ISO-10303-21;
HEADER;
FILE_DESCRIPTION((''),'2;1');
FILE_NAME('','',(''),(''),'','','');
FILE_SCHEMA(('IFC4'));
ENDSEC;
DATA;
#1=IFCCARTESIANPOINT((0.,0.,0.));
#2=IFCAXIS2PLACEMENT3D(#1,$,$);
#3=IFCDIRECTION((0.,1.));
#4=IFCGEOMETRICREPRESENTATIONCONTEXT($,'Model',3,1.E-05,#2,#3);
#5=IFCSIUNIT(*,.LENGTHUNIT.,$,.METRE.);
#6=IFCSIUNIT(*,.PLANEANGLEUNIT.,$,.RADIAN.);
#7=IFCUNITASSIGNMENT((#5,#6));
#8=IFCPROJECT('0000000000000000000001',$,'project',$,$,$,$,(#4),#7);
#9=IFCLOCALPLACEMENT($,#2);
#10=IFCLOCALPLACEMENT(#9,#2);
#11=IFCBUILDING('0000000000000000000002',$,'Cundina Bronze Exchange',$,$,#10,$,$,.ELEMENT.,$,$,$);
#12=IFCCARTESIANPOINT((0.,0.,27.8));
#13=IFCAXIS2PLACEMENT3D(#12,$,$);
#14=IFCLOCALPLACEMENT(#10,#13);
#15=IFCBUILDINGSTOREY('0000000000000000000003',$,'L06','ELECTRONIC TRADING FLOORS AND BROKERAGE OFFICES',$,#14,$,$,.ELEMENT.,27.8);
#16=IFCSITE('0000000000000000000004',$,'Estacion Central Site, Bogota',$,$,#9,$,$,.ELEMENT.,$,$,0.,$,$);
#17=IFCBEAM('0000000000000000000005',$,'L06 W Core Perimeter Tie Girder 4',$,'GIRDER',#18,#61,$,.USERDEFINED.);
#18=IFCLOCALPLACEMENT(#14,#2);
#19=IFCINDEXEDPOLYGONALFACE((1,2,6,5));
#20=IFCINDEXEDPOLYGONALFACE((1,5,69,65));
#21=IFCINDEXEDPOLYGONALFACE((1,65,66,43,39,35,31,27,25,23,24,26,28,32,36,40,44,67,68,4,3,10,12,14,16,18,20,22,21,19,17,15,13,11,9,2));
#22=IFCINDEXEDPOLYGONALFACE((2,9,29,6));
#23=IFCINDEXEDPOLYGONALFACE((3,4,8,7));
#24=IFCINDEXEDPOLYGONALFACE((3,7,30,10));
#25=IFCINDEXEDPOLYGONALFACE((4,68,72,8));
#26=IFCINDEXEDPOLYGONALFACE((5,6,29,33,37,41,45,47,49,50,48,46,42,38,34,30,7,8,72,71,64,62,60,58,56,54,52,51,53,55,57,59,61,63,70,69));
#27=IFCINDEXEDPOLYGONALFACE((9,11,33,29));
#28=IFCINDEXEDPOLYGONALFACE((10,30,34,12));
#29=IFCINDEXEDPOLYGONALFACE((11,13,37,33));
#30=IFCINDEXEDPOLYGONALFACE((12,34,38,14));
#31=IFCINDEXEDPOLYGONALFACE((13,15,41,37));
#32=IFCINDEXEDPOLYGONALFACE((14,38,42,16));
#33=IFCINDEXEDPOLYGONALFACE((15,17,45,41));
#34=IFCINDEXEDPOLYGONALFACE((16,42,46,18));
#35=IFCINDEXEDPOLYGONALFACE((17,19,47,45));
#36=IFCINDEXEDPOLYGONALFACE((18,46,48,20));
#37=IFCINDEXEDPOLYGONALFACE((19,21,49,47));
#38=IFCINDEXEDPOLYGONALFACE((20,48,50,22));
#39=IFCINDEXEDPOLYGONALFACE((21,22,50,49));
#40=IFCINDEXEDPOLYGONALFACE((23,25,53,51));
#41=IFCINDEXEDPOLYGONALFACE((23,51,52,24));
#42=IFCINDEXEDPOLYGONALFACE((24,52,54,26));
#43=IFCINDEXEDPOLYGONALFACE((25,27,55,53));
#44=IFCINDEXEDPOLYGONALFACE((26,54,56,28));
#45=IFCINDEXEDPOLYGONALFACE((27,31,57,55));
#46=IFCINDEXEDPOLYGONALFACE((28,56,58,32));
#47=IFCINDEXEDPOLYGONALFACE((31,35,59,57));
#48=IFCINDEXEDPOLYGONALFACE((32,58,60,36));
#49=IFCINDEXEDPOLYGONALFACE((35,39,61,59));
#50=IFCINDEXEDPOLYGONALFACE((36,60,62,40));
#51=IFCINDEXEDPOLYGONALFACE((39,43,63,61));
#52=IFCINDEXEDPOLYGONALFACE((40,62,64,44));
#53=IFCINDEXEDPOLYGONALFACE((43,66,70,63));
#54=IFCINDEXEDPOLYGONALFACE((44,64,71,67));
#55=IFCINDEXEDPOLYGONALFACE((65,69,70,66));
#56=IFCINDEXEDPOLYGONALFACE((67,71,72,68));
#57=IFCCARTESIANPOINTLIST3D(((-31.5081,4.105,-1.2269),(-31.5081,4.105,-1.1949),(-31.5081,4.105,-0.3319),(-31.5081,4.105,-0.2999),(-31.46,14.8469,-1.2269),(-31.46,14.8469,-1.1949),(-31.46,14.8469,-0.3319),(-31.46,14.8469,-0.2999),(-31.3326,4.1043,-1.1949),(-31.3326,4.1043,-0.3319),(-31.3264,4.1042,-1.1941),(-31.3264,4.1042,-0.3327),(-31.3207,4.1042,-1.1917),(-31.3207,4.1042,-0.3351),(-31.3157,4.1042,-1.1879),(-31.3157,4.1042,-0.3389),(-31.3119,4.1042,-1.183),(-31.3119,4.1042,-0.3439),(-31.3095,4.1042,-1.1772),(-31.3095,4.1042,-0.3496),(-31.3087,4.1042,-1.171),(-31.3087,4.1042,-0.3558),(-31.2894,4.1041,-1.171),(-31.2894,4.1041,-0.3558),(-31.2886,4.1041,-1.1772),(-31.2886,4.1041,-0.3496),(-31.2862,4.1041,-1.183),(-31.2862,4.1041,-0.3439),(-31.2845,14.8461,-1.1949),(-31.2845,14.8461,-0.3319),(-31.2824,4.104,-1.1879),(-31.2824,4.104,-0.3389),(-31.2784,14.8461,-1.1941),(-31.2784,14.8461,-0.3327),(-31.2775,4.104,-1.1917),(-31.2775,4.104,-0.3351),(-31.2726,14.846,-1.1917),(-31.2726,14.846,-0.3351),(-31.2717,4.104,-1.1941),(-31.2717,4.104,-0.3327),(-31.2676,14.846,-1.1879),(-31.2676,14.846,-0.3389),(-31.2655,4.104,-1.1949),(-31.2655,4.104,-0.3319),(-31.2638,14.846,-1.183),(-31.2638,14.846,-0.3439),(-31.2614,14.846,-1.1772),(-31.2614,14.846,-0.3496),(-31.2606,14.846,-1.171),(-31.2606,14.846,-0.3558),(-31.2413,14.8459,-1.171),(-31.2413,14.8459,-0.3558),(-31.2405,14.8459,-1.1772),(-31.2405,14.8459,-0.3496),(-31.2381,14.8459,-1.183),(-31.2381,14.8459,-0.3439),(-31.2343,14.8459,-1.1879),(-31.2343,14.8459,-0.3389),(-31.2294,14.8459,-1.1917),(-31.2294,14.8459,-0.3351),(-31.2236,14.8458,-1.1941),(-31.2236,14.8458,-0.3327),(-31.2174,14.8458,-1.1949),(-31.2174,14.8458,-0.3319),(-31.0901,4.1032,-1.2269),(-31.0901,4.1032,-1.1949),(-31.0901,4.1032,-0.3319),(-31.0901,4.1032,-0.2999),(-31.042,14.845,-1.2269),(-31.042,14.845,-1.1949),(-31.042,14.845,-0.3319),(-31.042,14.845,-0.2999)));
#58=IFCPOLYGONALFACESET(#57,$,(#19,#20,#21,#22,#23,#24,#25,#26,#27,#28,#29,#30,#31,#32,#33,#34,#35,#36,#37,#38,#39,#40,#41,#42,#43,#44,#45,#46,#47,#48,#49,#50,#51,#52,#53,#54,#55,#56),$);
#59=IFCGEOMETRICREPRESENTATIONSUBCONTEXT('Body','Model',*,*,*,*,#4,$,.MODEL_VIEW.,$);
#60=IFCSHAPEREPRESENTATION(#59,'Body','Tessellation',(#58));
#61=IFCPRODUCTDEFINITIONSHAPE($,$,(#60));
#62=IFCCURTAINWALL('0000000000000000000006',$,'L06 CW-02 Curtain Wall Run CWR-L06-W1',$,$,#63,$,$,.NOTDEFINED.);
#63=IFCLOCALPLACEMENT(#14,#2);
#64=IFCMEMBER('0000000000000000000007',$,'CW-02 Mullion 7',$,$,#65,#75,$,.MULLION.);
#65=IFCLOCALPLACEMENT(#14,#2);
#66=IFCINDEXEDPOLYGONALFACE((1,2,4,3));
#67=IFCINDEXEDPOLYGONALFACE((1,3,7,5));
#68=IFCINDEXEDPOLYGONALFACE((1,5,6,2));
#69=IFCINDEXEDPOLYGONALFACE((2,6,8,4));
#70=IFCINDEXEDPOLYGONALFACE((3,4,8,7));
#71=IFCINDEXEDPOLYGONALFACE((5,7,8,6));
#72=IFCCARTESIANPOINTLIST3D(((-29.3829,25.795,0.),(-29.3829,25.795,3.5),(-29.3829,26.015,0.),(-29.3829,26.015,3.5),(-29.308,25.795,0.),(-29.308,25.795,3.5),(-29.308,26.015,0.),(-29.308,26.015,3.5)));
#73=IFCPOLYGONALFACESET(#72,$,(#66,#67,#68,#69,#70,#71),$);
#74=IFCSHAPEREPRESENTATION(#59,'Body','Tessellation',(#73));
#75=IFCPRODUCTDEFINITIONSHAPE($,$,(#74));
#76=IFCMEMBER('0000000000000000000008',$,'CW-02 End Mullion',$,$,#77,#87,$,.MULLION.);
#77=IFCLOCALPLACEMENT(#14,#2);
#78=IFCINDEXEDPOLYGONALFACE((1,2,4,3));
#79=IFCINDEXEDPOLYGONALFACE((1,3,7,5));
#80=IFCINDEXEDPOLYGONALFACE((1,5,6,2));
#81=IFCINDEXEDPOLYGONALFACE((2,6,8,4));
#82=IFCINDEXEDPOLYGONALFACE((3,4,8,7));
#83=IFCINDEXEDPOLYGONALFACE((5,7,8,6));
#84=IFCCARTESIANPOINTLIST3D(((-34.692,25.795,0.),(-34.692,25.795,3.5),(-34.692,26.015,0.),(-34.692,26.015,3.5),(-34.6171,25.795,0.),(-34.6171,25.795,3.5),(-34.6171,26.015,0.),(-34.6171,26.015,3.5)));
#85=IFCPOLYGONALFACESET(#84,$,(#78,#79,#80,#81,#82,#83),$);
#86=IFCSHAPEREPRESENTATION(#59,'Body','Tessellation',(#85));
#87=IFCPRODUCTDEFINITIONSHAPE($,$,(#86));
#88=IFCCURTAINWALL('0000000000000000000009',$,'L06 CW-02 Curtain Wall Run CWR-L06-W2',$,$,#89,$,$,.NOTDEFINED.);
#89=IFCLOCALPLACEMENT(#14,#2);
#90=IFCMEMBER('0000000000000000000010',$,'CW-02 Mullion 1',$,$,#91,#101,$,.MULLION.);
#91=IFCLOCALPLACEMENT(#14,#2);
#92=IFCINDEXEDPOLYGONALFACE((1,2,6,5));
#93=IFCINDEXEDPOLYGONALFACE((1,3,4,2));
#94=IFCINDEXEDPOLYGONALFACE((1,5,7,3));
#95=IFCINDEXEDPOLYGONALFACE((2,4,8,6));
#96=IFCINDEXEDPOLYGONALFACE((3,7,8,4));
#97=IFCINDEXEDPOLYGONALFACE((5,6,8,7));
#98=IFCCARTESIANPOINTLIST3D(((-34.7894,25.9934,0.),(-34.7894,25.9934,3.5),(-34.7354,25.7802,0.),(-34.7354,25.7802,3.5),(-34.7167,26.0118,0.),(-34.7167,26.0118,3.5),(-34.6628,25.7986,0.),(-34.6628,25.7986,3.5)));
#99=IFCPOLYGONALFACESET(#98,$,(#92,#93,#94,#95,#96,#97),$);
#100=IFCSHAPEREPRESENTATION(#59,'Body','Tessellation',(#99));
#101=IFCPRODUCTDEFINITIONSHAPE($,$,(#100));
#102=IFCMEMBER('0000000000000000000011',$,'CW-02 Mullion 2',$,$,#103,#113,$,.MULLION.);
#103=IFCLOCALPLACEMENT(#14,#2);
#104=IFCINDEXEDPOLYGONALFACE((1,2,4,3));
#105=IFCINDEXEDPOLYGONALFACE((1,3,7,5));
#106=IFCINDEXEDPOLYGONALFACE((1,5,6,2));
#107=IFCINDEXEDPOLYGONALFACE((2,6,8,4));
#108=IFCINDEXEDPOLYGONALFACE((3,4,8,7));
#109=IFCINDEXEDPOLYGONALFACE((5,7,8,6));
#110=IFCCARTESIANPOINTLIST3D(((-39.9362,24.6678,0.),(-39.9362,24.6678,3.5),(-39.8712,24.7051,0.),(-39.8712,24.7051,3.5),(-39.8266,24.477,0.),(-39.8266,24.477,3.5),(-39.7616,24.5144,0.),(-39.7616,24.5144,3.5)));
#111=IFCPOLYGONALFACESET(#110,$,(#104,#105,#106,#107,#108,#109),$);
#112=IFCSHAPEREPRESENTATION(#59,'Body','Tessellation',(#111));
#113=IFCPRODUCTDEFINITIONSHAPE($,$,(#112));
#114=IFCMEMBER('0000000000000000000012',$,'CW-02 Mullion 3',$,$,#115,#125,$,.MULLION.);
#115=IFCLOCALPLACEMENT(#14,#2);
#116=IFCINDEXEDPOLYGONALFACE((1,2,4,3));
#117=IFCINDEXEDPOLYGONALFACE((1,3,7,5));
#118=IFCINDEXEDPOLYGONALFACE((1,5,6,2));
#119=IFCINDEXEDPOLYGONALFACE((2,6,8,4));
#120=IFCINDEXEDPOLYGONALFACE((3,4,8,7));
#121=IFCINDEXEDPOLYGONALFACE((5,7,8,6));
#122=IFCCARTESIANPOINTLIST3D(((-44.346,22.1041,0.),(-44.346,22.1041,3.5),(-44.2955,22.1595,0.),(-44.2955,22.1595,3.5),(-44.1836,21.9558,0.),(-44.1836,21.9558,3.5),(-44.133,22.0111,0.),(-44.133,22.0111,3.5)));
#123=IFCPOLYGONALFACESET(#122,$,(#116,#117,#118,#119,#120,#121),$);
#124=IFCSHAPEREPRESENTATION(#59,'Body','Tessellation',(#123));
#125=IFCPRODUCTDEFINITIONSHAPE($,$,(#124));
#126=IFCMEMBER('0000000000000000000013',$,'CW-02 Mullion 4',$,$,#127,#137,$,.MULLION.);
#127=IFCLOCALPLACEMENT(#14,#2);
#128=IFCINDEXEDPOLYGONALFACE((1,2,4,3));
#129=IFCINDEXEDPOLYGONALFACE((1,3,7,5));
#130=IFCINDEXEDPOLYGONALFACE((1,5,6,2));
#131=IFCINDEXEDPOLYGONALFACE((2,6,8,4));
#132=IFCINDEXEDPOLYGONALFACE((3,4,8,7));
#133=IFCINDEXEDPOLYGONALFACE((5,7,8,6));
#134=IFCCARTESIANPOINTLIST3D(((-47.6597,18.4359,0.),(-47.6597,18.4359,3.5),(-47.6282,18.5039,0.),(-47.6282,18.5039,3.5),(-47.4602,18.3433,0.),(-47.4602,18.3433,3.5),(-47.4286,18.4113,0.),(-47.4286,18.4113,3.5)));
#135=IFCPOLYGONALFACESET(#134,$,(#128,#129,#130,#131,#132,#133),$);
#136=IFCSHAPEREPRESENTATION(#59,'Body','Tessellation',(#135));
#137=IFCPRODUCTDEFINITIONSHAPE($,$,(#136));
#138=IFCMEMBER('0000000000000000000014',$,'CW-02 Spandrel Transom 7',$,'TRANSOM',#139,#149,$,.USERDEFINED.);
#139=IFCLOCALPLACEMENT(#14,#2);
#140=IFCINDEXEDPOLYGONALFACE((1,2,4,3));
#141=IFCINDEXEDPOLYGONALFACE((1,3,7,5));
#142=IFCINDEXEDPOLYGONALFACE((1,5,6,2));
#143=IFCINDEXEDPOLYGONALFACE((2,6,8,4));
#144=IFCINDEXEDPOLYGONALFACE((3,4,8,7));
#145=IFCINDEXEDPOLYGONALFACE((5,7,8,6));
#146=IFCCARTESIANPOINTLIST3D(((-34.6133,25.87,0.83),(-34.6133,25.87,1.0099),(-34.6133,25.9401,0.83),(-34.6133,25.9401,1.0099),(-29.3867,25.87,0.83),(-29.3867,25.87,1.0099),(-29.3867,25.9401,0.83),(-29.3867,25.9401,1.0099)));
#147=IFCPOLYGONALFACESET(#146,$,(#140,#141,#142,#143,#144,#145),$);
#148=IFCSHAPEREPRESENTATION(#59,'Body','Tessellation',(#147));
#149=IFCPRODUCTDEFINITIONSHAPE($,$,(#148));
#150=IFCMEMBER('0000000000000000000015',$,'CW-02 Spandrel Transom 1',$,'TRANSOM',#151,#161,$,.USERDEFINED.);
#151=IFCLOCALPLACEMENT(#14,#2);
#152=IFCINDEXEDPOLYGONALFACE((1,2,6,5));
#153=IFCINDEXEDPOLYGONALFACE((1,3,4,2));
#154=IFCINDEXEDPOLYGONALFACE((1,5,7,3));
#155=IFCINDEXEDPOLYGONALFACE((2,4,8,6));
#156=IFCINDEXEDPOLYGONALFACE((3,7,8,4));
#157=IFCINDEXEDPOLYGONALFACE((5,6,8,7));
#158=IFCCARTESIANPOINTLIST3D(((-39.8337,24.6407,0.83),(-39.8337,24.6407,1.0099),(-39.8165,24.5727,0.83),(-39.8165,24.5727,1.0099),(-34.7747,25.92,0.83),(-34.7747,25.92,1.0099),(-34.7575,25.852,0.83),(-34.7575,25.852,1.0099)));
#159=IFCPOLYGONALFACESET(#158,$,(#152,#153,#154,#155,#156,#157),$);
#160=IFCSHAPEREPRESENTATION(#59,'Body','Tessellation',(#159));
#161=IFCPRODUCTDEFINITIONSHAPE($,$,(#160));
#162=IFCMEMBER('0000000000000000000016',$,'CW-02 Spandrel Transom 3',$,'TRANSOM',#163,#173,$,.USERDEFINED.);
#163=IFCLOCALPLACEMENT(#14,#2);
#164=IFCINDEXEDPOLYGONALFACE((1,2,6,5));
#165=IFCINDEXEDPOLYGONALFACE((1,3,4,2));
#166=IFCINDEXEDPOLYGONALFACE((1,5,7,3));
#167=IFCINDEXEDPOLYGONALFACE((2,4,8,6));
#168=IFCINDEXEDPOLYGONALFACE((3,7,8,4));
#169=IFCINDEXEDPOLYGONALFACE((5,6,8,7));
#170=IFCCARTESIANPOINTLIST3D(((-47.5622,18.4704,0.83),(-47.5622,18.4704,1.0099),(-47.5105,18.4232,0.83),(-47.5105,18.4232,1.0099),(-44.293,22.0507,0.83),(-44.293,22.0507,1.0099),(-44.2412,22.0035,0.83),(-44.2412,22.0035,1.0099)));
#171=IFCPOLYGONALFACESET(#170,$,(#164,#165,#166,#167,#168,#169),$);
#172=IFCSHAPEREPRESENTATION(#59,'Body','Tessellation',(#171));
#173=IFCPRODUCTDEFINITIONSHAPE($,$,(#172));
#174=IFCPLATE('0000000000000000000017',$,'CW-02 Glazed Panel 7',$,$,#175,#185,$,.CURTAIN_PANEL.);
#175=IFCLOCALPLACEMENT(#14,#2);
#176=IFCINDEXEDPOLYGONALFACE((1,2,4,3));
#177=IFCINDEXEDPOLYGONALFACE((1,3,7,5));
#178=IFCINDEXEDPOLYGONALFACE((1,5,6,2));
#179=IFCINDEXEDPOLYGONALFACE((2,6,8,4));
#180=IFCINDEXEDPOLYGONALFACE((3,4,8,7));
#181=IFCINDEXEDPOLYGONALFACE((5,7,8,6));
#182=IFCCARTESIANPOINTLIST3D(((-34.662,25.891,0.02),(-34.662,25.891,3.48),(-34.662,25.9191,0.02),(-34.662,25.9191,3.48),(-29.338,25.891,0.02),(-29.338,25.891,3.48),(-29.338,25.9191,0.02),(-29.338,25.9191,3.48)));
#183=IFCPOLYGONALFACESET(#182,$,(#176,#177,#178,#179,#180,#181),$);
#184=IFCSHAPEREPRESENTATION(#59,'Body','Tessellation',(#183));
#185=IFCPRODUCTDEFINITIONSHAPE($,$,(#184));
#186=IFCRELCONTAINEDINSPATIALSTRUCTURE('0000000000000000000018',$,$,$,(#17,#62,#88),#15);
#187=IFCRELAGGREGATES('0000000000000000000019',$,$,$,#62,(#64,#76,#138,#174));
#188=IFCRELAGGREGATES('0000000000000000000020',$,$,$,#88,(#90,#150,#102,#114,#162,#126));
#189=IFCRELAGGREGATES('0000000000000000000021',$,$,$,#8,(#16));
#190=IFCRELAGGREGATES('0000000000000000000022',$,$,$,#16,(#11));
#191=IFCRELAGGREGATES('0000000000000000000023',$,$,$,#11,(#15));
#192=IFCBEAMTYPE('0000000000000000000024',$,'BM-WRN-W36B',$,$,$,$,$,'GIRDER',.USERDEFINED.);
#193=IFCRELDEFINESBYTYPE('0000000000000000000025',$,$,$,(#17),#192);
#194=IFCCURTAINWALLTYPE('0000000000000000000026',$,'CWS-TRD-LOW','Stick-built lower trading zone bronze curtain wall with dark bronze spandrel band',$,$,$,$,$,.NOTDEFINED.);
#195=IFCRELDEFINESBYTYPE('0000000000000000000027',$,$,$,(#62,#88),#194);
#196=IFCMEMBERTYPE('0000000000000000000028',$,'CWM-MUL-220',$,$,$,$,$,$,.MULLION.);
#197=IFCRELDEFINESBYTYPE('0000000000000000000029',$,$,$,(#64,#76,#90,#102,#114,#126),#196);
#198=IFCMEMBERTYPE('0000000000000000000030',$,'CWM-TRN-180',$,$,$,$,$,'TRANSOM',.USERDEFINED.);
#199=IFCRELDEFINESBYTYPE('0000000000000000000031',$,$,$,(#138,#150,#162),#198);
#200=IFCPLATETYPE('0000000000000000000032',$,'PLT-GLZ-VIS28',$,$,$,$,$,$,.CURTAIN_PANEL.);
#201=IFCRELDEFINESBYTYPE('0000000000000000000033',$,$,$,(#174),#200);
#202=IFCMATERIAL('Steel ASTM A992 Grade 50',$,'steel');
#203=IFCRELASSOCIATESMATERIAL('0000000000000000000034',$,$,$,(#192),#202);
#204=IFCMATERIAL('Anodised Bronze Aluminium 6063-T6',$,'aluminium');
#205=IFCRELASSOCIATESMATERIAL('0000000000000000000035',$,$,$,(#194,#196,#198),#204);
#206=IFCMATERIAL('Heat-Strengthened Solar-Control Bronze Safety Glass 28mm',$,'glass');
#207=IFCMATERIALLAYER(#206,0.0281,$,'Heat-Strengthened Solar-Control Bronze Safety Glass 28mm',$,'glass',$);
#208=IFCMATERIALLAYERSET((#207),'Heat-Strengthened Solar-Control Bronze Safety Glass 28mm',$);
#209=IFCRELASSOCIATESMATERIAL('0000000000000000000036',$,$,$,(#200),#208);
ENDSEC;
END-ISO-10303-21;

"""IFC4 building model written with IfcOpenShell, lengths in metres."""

from ifc_helpers import new_model, si_unit, direction, frame, origin, origin_2d, place, context, subcontext, project, spatial, rectangle, i_section, extrude, material, layer, layer_set, material_profile, profile_set, type_object, element, aggregate, save


model = new_model("IFC4")

# Units and contexts
model_context = context("Model", 3, precision=1e-05, world=origin(), true_north=direction((0.0, 1.0)))
body_context = subcontext(model_context, "Body", "Model", "MODEL_VIEW")
ifc_project = project(units=[si_unit("LENGTHUNIT", "METRE"), si_unit("PLANEANGLEUNIT", "RADIAN")], contexts=[model_context])

# Site, building, storey
site_placement = place(None, origin())
site = spatial("IfcSite", under=ifc_project, at=site_placement, Name="Estacion Central Site, Bogota", CompositionType="ELEMENT", RefElevation=0.0)
building_placement = place(site_placement, origin())
building = spatial("IfcBuilding", under=site, at=building_placement, Name="Cundina Bronze Exchange", CompositionType="ELEMENT")
storey_placement = place(building_placement, frame((0.0, 0.0, 27.8)))
storey = spatial("IfcBuildingStorey", under=building, at=storey_placement, Name="L06", Description="ELECTRONIC TRADING FLOORS AND BROKERAGE OFFICES", CompositionType="ELEMENT", Elevation=27.8)

# Shared definitions
ifc_material_1 = material(Name="Steel ASTM A992 Grade 50", Category="steel")

# Beam
ifc_material_profile_1 = material_profile(ifc_material_1, i_section(OverallWidth=0.418, OverallDepth=0.927, WebThickness=0.0193, FlangeThickness=0.032, FilletRadius=0.0239, at=origin_2d()), Name="W36X231", Category="steel")
ifc_profile_set_1 = profile_set([ifc_material_profile_1], Name="Steel ASTM A992 Grade 50")
beam_type_1 = type_object("IfcBeamType", Name="BM-WRN-W36B", ElementType="GIRDER", PredefinedType="USERDEFINED", material=ifc_profile_set_1)
beam_1_placement = place(storey_placement, frame((-31.251, 14.8459, -0.7634), z_axis=(-0.004477, -0.99999, 0.0), x_axis=(0.99999, -0.004477, 0.0)))
element("IfcBeam", 1, at=beam_1_placement, inside=storey, type_object=beam_type_1, Name="L06 W Core Perimeter Tie Girder 4", ObjectType="GIRDER", PredefinedType="USERDEFINED", context=body_context, shape_type="SweptSolid", body=[
    extrude(i_section(OverallWidth=0.418, OverallDepth=0.927, WebThickness=0.0193, FlangeThickness=0.032, FilletRadius=0.0239, at=origin_2d()), origin(), (0.0, 0.0, 1.0), 10.7419),
])

# Curtain walls, members
ifc_material_2 = material(Name="Anodised Bronze Aluminium 6063-T6", Category="aluminium")
curtain_wall_type = type_object("IfcCurtainWallType", Name="CWS-TRD-LOW", Description="Stick-built lower trading zone bronze curtain wall with dark bronze spandrel band", PredefinedType="NOTDEFINED", material=ifc_material_2)
curtain_wall_1_placement = place(storey_placement, origin())
curtain_wall_1 = element("IfcCurtainWall", 2, at=curtain_wall_1_placement, inside=storey, type_object=curtain_wall_type, Name="L06 CW-02 Curtain Wall Run CWR-L06-W1", PredefinedType="NOTDEFINED")
ifc_material_profile_2 = material_profile(ifc_material_2, rectangle(XDim=0.075, YDim=0.22, at=origin_2d()), Name="AL75X220", Category="aluminium")
ifc_profile_set_2 = profile_set([ifc_material_profile_2], Name="Anodised Bronze Aluminium 6063-T6")
member_type_1 = type_object("IfcMemberType", Name="CWM-MUL-220", PredefinedType="MULLION", material=ifc_profile_set_2)
member_1_placement = place(storey_placement, frame((-29.3455, 25.905, 0.0), z_axis=(0.0, 0.0, 1.0), x_axis=(-1.0, 0.0, 0.0)))
member_1 = element("IfcMember", 3, at=member_1_placement, type_object=member_type_1, Name="CW-02 Mullion 7", PredefinedType="MULLION", context=body_context, shape_type="SweptSolid", body=[
    extrude(rectangle(XDim=0.075, YDim=0.22, at=origin_2d()), origin(), (0.0, 0.0, 1.0), 3.5),
])
member_2_placement = place(storey_placement, frame((-34.6545, 25.905, 0.0), z_axis=(0.0, 0.0, 1.0), x_axis=(-1.0, 0.0, 0.0)))
member_2 = element("IfcMember", 4, at=member_2_placement, type_object=member_type_1, Name="CW-02 End Mullion", PredefinedType="MULLION", context=body_context, shape_type="SweptSolid", body=[
    extrude(rectangle(XDim=0.075, YDim=0.22, at=origin_2d()), origin(), (0.0, 0.0, 1.0), 3.5),
])
curtain_wall_2_placement = place(storey_placement, origin())
curtain_wall_2 = element("IfcCurtainWall", 5, at=curtain_wall_2_placement, inside=storey, type_object=curtain_wall_type, Name="L06 CW-02 Curtain Wall Run CWR-L06-W2", PredefinedType="NOTDEFINED")
member_3_placement = place(storey_placement, frame((-34.7261, 25.896, 0.0), z_axis=(0.0, 0.0, 1.0), x_axis=(-0.969488, -0.245138, 0.0)))
member_3 = element("IfcMember", 6, at=member_3_placement, type_object=member_type_1, Name="CW-02 Mullion 1", PredefinedType="MULLION", context=body_context, shape_type="SweptSolid", body=[
    extrude(rectangle(XDim=0.075, YDim=0.22, at=origin_2d()), origin(), (0.0, 0.0, 1.0), 3.5),
])
member_4_placement = place(storey_placement, frame((-39.8489, 24.5911, 0.0), z_axis=(0.0, 0.0, 1.0), x_axis=(-0.867071, -0.498185, 0.0)))
member_4 = element("IfcMember", 7, at=member_4_placement, type_object=member_type_1, Name="CW-02 Mullion 2", PredefinedType="MULLION", context=body_context, shape_type="SweptSolid", body=[
    extrude(rectangle(XDim=0.075, YDim=0.22, at=origin_2d()), origin(), (0.0, 0.0, 1.0), 3.5),
])
member_5_placement = place(storey_placement, frame((-44.2395, 22.0576, 0.0), z_axis=(0.0, 0.0, 1.0), x_axis=(-0.674302, -0.738455, 0.0)))
member_5 = element("IfcMember", 8, at=member_5_placement, type_object=member_type_1, Name="CW-02 Mullion 3", PredefinedType="MULLION", context=body_context, shape_type="SweptSolid", body=[
    extrude(rectangle(XDim=0.075, YDim=0.22, at=origin_2d()), origin(), (0.0, 0.0, 1.0), 3.5),
])
member_6_placement = place(storey_placement, frame((-47.5442, 18.4236, 0.0), z_axis=(0.0, 0.0, 1.0), x_axis=(-0.420877, -0.907117, 0.0)))
member_6 = element("IfcMember", 9, at=member_6_placement, type_object=member_type_1, Name="CW-02 Mullion 4", PredefinedType="MULLION", context=body_context, shape_type="SweptSolid", body=[
    extrude(rectangle(XDim=0.075, YDim=0.22, at=origin_2d()), origin(), (0.0, 0.0, 1.0), 3.5),
])

# Members
ifc_material_profile_3 = material_profile(ifc_material_2, rectangle(XDim=0.0701, YDim=0.1799, at=origin_2d()), Name="AL70X180", Category="aluminium")
ifc_profile_set_3 = profile_set([ifc_material_profile_3], Name="Anodised Bronze Aluminium 6063-T6")
member_type_2 = type_object("IfcMemberType", Name="CWM-TRN-180", ElementType="TRANSOM", PredefinedType="USERDEFINED", material=ifc_profile_set_3)
member_7_placement = place(storey_placement, frame((-29.3867, 25.905, 0.9199), z_axis=(-1.0, 0.0, 0.0), x_axis=(0.0, -1.0, 0.0)))
member_7 = element("IfcMember", 10, at=member_7_placement, type_object=member_type_2, Name="CW-02 Spandrel Transom 7", ObjectType="TRANSOM", PredefinedType="USERDEFINED", context=body_context, shape_type="SweptSolid", body=[
    extrude(rectangle(XDim=0.0701, YDim=0.1799, at=origin_2d()), origin(), (0.0, 0.0, 1.0), 5.2266),
])
member_8_placement = place(storey_placement, frame((-34.7661, 25.886, 0.9199), z_axis=(-0.969484, -0.245155, 0.0), x_axis=(0.245155, -0.969484, 0.0)))
member_8 = element("IfcMember", 11, at=member_8_placement, type_object=member_type_2, Name="CW-02 Spandrel Transom 1", ObjectType="TRANSOM", PredefinedType="USERDEFINED", context=body_context, shape_type="SweptSolid", body=[
    extrude(rectangle(XDim=0.0701, YDim=0.1799, at=origin_2d()), origin(), (0.0, 0.0, 1.0), 5.2183),
])
member_9_placement = place(storey_placement, frame((-44.2671, 22.0271, 0.9199), z_axis=(-0.674303, -0.738455, 0.0), x_axis=(0.738455, -0.674303, 0.0)))
member_9 = element("IfcMember", 12, at=member_9_placement, type_object=member_type_2, Name="CW-02 Spandrel Transom 3", ObjectType="TRANSOM", PredefinedType="USERDEFINED", context=body_context, shape_type="SweptSolid", body=[
    extrude(rectangle(XDim=0.0701, YDim=0.1799, at=origin_2d()), origin(), (0.0, 0.0, 1.0), 4.8484),
])

# Plate
ifc_material_3 = material(Name="Heat-Strengthened Solar-Control Bronze Safety Glass 28mm", Category="glass")
ifc_layer_1 = layer(ifc_material_3, 0.0281, Name="Heat-Strengthened Solar-Control Bronze Safety Glass 28mm", Category="glass")
ifc_layer_set_1 = layer_set([ifc_layer_1], Name="Heat-Strengthened Solar-Control Bronze Safety Glass 28mm")
plate_type_1 = type_object("IfcPlateType", Name="PLT-GLZ-VIS28", PredefinedType="CURTAIN_PANEL", material=ifc_layer_set_1)
plate_1_placement = place(storey_placement, frame((-32.0, 25.905, 0.02), z_axis=(0.0, 0.0, 1.0), x_axis=(-1.0, 0.0, 0.0)))
plate_1 = element("IfcPlate", 13, at=plate_1_placement, type_object=plate_type_1, Name="CW-02 Glazed Panel 7", PredefinedType="CURTAIN_PANEL", context=body_context, shape_type="SweptSolid", body=[
    extrude(rectangle(XDim=5.324, YDim=0.0281, at=origin_2d()), origin(), (0.0, 0.0, 1.0), 3.46),
])
aggregate(curtain_wall_1, [member_1, member_2, member_7, plate_1])
aggregate(curtain_wall_2, [member_3, member_8, member_4, member_5, member_9, member_6])

save(model, "model.ifc")
